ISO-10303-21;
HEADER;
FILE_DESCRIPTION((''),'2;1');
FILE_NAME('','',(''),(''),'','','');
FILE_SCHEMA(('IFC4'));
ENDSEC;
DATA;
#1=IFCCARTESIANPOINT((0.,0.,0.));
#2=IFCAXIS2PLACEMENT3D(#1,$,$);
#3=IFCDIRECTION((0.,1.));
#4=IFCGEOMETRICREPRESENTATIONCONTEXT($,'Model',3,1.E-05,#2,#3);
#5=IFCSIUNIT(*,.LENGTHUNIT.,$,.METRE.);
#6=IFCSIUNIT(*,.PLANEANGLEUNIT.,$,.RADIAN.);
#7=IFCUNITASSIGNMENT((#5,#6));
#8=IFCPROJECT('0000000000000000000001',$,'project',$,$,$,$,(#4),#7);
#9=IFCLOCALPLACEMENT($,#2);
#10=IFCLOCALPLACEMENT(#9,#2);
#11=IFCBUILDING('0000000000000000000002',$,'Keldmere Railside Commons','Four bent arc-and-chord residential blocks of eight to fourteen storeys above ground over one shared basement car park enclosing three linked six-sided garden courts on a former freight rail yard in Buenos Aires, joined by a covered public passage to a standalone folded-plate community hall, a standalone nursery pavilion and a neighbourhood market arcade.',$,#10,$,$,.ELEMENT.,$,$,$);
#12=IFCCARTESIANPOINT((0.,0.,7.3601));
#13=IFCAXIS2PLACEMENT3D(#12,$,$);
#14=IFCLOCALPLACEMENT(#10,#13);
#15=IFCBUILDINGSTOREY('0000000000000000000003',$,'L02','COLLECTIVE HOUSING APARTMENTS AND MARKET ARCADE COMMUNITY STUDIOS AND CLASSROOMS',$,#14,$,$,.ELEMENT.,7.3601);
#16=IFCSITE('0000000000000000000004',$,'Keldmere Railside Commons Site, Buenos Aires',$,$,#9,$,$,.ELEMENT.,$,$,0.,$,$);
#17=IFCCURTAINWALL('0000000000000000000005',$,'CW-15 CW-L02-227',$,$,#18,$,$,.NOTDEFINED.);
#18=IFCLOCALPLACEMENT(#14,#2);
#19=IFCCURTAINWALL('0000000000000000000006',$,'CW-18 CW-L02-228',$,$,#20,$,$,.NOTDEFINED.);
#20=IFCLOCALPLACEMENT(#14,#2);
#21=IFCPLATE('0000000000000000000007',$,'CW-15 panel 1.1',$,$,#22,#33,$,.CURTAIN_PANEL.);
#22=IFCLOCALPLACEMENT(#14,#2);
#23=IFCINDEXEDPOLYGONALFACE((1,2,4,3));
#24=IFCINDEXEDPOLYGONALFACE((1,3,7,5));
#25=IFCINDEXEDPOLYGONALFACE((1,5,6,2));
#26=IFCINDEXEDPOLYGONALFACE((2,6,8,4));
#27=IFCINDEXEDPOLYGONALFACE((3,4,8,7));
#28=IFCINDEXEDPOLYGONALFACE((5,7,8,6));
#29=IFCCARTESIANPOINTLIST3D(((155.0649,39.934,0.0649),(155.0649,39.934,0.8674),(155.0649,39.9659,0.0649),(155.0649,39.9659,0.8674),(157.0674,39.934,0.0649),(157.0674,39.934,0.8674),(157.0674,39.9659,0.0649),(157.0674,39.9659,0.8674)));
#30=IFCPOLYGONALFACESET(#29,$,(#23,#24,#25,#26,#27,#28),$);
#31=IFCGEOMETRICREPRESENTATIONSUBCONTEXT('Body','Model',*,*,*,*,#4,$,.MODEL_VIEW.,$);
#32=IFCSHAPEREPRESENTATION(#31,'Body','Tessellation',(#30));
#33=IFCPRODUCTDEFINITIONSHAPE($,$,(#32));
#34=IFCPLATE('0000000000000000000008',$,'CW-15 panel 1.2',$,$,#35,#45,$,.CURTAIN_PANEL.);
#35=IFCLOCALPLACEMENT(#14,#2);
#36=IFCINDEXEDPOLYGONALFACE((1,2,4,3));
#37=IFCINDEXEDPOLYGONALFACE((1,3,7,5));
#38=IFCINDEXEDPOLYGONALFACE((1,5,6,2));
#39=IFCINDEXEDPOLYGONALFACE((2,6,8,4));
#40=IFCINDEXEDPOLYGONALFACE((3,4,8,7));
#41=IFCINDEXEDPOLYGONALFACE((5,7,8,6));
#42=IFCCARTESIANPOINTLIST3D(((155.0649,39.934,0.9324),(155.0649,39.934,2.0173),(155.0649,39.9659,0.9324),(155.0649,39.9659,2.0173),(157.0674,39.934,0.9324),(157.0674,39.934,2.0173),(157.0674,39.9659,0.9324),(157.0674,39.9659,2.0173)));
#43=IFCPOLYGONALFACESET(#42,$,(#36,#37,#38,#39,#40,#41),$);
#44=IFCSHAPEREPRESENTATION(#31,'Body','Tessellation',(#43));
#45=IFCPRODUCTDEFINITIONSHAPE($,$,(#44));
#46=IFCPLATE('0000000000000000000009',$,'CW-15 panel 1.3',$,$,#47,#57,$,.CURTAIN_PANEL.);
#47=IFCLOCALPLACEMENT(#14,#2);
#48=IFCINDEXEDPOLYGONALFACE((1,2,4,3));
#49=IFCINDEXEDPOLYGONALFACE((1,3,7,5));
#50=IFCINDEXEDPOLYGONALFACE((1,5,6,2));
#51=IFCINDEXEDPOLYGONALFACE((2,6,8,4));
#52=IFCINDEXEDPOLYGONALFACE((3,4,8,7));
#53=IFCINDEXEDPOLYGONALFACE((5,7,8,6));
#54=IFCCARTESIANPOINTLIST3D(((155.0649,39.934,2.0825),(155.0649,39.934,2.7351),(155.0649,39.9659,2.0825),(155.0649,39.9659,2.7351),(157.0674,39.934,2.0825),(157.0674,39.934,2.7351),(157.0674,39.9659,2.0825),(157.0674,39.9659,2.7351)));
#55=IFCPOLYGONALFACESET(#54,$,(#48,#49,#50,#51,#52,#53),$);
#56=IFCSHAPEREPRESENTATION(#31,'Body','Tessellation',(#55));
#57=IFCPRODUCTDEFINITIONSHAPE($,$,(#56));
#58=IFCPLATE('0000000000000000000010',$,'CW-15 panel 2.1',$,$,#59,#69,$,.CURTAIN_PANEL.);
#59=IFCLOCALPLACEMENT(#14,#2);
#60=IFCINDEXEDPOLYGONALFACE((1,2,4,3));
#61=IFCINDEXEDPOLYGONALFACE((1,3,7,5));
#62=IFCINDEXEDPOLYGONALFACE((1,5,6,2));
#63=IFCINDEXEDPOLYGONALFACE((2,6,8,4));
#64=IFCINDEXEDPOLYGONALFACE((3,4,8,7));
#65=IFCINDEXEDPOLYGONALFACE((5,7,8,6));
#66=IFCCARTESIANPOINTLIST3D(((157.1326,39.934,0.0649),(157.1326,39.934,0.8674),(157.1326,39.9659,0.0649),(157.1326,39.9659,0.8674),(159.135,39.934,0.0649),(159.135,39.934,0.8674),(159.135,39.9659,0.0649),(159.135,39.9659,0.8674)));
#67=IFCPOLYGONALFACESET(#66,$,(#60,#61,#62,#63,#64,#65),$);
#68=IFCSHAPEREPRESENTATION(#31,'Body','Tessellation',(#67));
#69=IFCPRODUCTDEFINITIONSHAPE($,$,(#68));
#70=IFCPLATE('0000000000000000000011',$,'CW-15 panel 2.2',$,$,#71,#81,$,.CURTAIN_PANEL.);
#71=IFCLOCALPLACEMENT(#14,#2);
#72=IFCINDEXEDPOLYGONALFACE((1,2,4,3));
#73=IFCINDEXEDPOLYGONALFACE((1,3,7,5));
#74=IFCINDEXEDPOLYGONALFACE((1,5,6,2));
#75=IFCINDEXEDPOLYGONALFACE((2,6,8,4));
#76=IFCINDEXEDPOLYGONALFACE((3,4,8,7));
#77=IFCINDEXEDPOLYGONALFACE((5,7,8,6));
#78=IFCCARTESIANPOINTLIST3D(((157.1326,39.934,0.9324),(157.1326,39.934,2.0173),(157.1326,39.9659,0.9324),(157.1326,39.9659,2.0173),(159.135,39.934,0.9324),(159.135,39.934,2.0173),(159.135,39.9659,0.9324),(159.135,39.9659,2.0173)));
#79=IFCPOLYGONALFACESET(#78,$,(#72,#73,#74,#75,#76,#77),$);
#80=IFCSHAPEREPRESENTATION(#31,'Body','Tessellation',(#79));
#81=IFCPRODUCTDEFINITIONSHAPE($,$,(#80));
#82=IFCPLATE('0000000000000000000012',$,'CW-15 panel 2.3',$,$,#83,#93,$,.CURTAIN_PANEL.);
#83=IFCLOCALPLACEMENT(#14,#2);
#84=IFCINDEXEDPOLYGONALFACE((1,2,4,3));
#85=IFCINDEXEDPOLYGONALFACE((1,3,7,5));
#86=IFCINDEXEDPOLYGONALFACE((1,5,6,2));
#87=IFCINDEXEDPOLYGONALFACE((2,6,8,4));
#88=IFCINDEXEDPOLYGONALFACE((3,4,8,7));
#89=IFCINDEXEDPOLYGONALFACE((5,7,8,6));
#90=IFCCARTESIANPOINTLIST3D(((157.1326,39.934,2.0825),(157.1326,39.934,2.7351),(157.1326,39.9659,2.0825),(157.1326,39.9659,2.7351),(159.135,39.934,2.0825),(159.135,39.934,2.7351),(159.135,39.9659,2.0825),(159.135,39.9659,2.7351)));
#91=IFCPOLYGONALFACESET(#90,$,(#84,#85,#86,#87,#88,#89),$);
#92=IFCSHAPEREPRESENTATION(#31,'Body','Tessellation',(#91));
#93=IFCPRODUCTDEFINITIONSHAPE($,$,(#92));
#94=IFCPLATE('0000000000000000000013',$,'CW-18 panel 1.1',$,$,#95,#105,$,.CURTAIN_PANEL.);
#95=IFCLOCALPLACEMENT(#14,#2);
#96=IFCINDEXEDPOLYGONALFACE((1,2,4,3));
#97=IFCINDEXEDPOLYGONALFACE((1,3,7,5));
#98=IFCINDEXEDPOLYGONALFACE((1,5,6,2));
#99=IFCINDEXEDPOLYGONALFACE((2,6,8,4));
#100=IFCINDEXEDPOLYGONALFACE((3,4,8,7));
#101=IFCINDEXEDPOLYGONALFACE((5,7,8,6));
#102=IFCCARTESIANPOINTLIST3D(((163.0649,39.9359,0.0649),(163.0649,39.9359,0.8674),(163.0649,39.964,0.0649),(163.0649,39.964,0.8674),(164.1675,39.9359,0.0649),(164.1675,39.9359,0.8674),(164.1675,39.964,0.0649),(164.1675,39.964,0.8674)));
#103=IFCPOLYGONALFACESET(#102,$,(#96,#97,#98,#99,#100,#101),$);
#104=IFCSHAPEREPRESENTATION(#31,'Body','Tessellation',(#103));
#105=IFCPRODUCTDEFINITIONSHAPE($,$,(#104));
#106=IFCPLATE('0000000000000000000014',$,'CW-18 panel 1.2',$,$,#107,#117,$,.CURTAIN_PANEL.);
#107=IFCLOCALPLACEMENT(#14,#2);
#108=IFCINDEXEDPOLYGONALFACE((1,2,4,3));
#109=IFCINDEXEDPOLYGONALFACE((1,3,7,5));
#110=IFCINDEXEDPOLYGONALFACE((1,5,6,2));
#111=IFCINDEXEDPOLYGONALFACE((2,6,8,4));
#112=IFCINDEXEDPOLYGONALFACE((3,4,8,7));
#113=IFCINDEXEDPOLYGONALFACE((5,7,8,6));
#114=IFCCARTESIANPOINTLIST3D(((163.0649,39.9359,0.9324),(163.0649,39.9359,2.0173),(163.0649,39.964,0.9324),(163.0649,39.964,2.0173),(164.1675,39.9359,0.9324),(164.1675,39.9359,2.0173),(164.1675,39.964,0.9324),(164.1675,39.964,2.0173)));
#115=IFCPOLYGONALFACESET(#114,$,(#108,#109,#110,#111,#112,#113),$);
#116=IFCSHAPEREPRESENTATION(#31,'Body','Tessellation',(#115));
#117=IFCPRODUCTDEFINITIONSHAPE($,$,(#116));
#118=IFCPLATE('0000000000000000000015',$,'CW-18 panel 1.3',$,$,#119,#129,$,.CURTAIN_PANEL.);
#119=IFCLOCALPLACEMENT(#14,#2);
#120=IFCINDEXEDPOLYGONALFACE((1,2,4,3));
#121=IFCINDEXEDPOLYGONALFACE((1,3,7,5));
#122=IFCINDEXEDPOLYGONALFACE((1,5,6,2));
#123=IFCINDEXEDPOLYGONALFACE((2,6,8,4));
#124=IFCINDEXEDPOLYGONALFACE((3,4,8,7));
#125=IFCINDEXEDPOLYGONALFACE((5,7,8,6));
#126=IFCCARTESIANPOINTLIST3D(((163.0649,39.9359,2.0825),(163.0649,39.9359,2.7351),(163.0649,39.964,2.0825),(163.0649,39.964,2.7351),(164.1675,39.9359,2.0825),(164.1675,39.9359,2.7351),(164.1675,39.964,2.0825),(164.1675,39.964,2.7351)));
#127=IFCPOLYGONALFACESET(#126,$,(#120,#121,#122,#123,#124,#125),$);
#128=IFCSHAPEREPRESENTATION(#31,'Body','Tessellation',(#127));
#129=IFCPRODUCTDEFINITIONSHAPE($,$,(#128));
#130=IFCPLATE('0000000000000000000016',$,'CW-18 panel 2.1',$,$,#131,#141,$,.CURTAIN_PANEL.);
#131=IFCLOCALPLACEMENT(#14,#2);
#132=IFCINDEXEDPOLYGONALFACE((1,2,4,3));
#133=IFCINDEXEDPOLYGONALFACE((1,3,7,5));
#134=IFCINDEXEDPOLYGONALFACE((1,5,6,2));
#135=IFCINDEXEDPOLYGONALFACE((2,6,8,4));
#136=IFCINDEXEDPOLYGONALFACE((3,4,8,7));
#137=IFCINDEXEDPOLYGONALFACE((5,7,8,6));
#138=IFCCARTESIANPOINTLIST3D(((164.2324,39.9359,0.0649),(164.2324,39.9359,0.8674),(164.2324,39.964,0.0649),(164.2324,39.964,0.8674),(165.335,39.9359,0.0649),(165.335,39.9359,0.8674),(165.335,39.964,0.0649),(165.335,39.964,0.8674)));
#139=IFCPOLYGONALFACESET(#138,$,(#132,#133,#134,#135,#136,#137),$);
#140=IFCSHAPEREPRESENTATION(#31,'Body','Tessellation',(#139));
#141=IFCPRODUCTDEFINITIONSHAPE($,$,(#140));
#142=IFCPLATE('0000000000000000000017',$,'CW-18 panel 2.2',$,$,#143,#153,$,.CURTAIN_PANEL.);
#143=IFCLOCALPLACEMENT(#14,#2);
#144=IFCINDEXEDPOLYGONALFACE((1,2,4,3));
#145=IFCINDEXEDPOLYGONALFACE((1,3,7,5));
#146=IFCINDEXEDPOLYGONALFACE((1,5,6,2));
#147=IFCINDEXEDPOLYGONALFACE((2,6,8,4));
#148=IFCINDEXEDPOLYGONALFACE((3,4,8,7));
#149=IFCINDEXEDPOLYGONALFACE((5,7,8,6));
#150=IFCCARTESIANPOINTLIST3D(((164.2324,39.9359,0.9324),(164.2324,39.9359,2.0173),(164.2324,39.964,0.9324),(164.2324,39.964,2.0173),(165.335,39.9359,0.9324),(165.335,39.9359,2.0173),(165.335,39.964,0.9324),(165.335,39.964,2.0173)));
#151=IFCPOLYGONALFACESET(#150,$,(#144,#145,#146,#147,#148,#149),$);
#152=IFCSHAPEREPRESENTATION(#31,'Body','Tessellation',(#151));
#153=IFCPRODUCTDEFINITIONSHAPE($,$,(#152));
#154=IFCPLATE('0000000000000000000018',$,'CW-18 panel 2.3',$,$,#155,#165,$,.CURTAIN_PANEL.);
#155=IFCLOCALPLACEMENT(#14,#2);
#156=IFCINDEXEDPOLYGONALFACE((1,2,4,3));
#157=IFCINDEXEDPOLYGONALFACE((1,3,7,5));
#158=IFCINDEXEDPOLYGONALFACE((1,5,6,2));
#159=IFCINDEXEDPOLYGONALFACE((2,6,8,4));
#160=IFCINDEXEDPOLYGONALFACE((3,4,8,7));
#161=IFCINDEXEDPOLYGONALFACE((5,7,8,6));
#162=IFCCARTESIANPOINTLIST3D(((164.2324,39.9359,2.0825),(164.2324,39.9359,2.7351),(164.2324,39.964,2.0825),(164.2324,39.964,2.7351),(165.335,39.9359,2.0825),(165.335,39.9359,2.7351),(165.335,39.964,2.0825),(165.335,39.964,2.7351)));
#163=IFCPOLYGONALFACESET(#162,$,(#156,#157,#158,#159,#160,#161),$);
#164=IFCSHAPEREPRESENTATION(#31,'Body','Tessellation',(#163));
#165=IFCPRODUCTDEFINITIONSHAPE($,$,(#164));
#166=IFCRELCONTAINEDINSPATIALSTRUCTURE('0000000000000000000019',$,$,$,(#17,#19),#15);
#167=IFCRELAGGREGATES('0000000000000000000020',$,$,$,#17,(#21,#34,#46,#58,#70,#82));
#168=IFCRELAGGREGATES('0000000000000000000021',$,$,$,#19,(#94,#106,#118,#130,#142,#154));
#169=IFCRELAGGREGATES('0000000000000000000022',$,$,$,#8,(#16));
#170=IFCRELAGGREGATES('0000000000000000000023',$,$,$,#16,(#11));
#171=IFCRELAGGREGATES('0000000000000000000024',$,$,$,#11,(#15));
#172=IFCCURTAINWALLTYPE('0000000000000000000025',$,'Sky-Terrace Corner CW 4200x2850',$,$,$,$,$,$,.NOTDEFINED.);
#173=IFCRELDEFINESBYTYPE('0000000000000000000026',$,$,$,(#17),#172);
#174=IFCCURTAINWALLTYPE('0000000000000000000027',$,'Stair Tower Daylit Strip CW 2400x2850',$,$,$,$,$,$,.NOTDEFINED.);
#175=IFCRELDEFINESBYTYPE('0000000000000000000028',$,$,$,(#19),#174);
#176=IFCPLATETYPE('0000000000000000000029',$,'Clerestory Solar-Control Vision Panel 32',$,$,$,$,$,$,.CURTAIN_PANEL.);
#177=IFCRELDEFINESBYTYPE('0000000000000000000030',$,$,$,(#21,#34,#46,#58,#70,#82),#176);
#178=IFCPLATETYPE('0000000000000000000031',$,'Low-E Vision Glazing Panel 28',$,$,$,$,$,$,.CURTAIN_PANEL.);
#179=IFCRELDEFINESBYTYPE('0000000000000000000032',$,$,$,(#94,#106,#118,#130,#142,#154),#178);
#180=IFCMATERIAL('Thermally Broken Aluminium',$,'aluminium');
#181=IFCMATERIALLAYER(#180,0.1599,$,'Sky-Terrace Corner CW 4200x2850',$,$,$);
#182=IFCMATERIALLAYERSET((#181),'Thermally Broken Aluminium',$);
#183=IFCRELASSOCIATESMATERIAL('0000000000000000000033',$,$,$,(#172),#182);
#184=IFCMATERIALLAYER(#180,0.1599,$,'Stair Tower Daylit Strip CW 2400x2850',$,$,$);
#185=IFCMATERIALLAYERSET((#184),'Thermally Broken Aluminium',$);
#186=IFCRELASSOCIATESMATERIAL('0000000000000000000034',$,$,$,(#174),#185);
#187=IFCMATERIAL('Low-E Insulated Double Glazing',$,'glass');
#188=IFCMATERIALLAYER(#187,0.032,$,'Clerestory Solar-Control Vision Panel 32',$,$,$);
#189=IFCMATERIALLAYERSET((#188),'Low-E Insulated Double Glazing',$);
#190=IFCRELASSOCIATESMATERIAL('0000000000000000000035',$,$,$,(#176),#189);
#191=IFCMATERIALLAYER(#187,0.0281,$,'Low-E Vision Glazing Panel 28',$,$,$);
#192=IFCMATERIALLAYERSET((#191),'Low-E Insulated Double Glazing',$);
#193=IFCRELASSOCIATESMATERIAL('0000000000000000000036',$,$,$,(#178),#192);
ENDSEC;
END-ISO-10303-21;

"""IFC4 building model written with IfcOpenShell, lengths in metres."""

from ifc_helpers import new_model, si_unit, direction, frame, origin, origin_2d, place, context, subcontext, project, spatial, rectangle, extrude, material, layer, layer_set, type_object, element, aggregate, save


model = new_model("IFC4")

# Units and contexts
model_context = context("Model", 3, precision=1e-05, world=origin(), true_north=direction((0.0, 1.0)))
body_context = subcontext(model_context, "Body", "Model", "MODEL_VIEW")
ifc_project = project(units=[si_unit("LENGTHUNIT", "METRE"), si_unit("PLANEANGLEUNIT", "RADIAN")], contexts=[model_context])

# Site, building, storey
site_placement = place(None, origin())
site = spatial("IfcSite", under=ifc_project, at=site_placement, Name="Keldmere Railside Commons Site, Buenos Aires", CompositionType="ELEMENT", RefElevation=0.0)
building_placement = place(site_placement, origin())
building = spatial("IfcBuilding", under=site, at=building_placement, Name="Keldmere Railside Commons", Description="Four bent arc-and-chord residential blocks of eight to fourteen storeys above ground over one shared basement car park enclosing three linked six-sided garden courts on a former freight rail yard in Buenos Aires, joined by a covered public passage to a standalone folded-plate community hall, a standalone nursery pavilion and a neighbourhood market arcade.", CompositionType="ELEMENT")
storey_placement = place(building_placement, frame((0.0, 0.0, 7.3601)))
storey = spatial("IfcBuildingStorey", under=building, at=storey_placement, Name="L02", Description="COLLECTIVE HOUSING APARTMENTS AND MARKET ARCADE COMMUNITY STUDIOS AND CLASSROOMS", CompositionType="ELEMENT", Elevation=7.3601)

# Shared definitions
ifc_material_1 = material(Name="Thermally Broken Aluminium", Category="aluminium")

# Curtain walls
ifc_layer_1 = layer(ifc_material_1, 0.1599, Name="Sky-Terrace Corner CW 4200x2850")
ifc_layer_set_1 = layer_set([ifc_layer_1], Name="Thermally Broken Aluminium")
curtain_wall_type_1 = type_object("IfcCurtainWallType", Name="Sky-Terrace Corner CW 4200x2850", PredefinedType="NOTDEFINED", material=ifc_layer_set_1)
curtain_wall_1_placement = place(storey_placement, origin())
curtain_wall_1 = element("IfcCurtainWall", 1, at=curtain_wall_1_placement, inside=storey, type_object=curtain_wall_type_1, Name="CW-15 CW-L02-227", PredefinedType="NOTDEFINED")
ifc_layer_2 = layer(ifc_material_1, 0.1599, Name="Stair Tower Daylit Strip CW 2400x2850")
ifc_layer_set_2 = layer_set([ifc_layer_2], Name="Thermally Broken Aluminium")
curtain_wall_type_2 = type_object("IfcCurtainWallType", Name="Stair Tower Daylit Strip CW 2400x2850", PredefinedType="NOTDEFINED", material=ifc_layer_set_2)
curtain_wall_2_placement = place(storey_placement, origin())
curtain_wall_2 = element("IfcCurtainWall", 2, at=curtain_wall_2_placement, inside=storey, type_object=curtain_wall_type_2, Name="CW-18 CW-L02-228", PredefinedType="NOTDEFINED")

# Plates
ifc_material_2 = material(Name="Low-E Insulated Double Glazing", Category="glass")
ifc_layer_3 = layer(ifc_material_2, 0.032, Name="Clerestory Solar-Control Vision Panel 32")
ifc_layer_set_3 = layer_set([ifc_layer_3], Name="Low-E Insulated Double Glazing")
plate_type_1 = type_object("IfcPlateType", Name="Clerestory Solar-Control Vision Panel 32", PredefinedType="CURTAIN_PANEL", material=ifc_layer_set_3)
plate_1_placement = place(storey_placement, frame((156.0662, 39.95, 0.0649), z_axis=(0.0, 0.0, 1.0), x_axis=(1.0, 0.0, 0.0)))
plate_1 = element("IfcPlate", 3, at=plate_1_placement, type_object=plate_type_1, Name="CW-15 panel 1.1", PredefinedType="CURTAIN_PANEL", context=body_context, shape_type="SweptSolid", body=[
    extrude(rectangle(XDim=2.0024, YDim=0.032, at=origin_2d()), origin(), (0.0, 0.0, 1.0), 0.8025),
])
plate_2_placement = place(storey_placement, frame((156.0662, 39.95, 0.9324), z_axis=(0.0, 0.0, 1.0), x_axis=(1.0, 0.0, 0.0)))
plate_2 = element("IfcPlate", 4, at=plate_2_placement, type_object=plate_type_1, Name="CW-15 panel 1.2", PredefinedType="CURTAIN_PANEL", context=body_context, shape_type="SweptSolid", body=[
    extrude(rectangle(XDim=2.0024, YDim=0.032, at=origin_2d()), origin(), (0.0, 0.0, 1.0), 1.085),
])
plate_3_placement = place(storey_placement, frame((156.0662, 39.95, 2.0825), z_axis=(0.0, 0.0, 1.0), x_axis=(1.0, 0.0, 0.0)))
plate_3 = element("IfcPlate", 5, at=plate_3_placement, type_object=plate_type_1, Name="CW-15 panel 1.3", PredefinedType="CURTAIN_PANEL", context=body_context, shape_type="SweptSolid", body=[
    extrude(rectangle(XDim=2.0024, YDim=0.032, at=origin_2d()), origin(), (0.0, 0.0, 1.0), 0.6526),
])
plate_4_placement = place(storey_placement, frame((158.1338, 39.95, 0.0649), z_axis=(0.0, 0.0, 1.0), x_axis=(1.0, 0.0, 0.0)))
plate_4 = element("IfcPlate", 6, at=plate_4_placement, type_object=plate_type_1, Name="CW-15 panel 2.1", PredefinedType="CURTAIN_PANEL", context=body_context, shape_type="SweptSolid", body=[
    extrude(rectangle(XDim=2.0024, YDim=0.032, at=origin_2d()), origin(), (0.0, 0.0, 1.0), 0.8025),
])
plate_5_placement = place(storey_placement, frame((158.1338, 39.95, 0.9324), z_axis=(0.0, 0.0, 1.0), x_axis=(1.0, 0.0, 0.0)))
plate_5 = element("IfcPlate", 7, at=plate_5_placement, type_object=plate_type_1, Name="CW-15 panel 2.2", PredefinedType="CURTAIN_PANEL", context=body_context, shape_type="SweptSolid", body=[
    extrude(rectangle(XDim=2.0024, YDim=0.032, at=origin_2d()), origin(), (0.0, 0.0, 1.0), 1.085),
])
plate_6_placement = place(storey_placement, frame((158.1338, 39.95, 2.0825), z_axis=(0.0, 0.0, 1.0), x_axis=(1.0, 0.0, 0.0)))
plate_6 = element("IfcPlate", 8, at=plate_6_placement, type_object=plate_type_1, Name="CW-15 panel 2.3", PredefinedType="CURTAIN_PANEL", context=body_context, shape_type="SweptSolid", body=[
    extrude(rectangle(XDim=2.0024, YDim=0.032, at=origin_2d()), origin(), (0.0, 0.0, 1.0), 0.6526),
])
aggregate(curtain_wall_1, [plate_1, plate_2, plate_3, plate_4, plate_5, plate_6])
ifc_layer_4 = layer(ifc_material_2, 0.0281, Name="Low-E Vision Glazing Panel 28")
ifc_layer_set_4 = layer_set([ifc_layer_4], Name="Low-E Insulated Double Glazing")
plate_type_2 = type_object("IfcPlateType", Name="Low-E Vision Glazing Panel 28", PredefinedType="CURTAIN_PANEL", material=ifc_layer_set_4)
plate_7_placement = place(storey_placement, frame((163.6162, 39.95, 0.0649), z_axis=(0.0, 0.0, 1.0), x_axis=(1.0, 0.0, 0.0)))
plate_7 = element("IfcPlate", 9, at=plate_7_placement, type_object=plate_type_2, Name="CW-18 panel 1.1", PredefinedType="CURTAIN_PANEL", context=body_context, shape_type="SweptSolid", body=[
    extrude(rectangle(XDim=1.1025, YDim=0.0281, at=origin_2d()), origin(), (0.0, 0.0, 1.0), 0.8025),
])
plate_8_placement = place(storey_placement, frame((163.6162, 39.95, 0.9324), z_axis=(0.0, 0.0, 1.0), x_axis=(1.0, 0.0, 0.0)))
plate_8 = element("IfcPlate", 10, at=plate_8_placement, type_object=plate_type_2, Name="CW-18 panel 1.2", PredefinedType="CURTAIN_PANEL", context=body_context, shape_type="SweptSolid", body=[
    extrude(rectangle(XDim=1.1025, YDim=0.0281, at=origin_2d()), origin(), (0.0, 0.0, 1.0), 1.085),
])
plate_9_placement = place(storey_placement, frame((163.6162, 39.95, 2.0825), z_axis=(0.0, 0.0, 1.0), x_axis=(1.0, 0.0, 0.0)))
plate_9 = element("IfcPlate", 11, at=plate_9_placement, type_object=plate_type_2, Name="CW-18 panel 1.3", PredefinedType="CURTAIN_PANEL", context=body_context, shape_type="SweptSolid", body=[
    extrude(rectangle(XDim=1.1025, YDim=0.0281, at=origin_2d()), origin(), (0.0, 0.0, 1.0), 0.6526),
])
plate_10_placement = place(storey_placement, frame((164.7837, 39.95, 0.0649), z_axis=(0.0, 0.0, 1.0), x_axis=(1.0, 0.0, 0.0)))
plate_10 = element("IfcPlate", 12, at=plate_10_placement, type_object=plate_type_2, Name="CW-18 panel 2.1", PredefinedType="CURTAIN_PANEL", context=body_context, shape_type="SweptSolid", body=[
    extrude(rectangle(XDim=1.1025, YDim=0.0281, at=origin_2d()), origin(), (0.0, 0.0, 1.0), 0.8025),
])
plate_11_placement = place(storey_placement, frame((164.7837, 39.95, 0.9324), z_axis=(0.0, 0.0, 1.0), x_axis=(1.0, 0.0, 0.0)))
plate_11 = element("IfcPlate", 13, at=plate_11_placement, type_object=plate_type_2, Name="CW-18 panel 2.2", PredefinedType="CURTAIN_PANEL", context=body_context, shape_type="SweptSolid", body=[
    extrude(rectangle(XDim=1.1025, YDim=0.0281, at=origin_2d()), origin(), (0.0, 0.0, 1.0), 1.085),
])
plate_12_placement = place(storey_placement, frame((164.7837, 39.95, 2.0825), z_axis=(0.0, 0.0, 1.0), x_axis=(1.0, 0.0, 0.0)))
plate_12 = element("IfcPlate", 14, at=plate_12_placement, type_object=plate_type_2, Name="CW-18 panel 2.3", PredefinedType="CURTAIN_PANEL", context=body_context, shape_type="SweptSolid", body=[
    extrude(rectangle(XDim=1.1025, YDim=0.0281, at=origin_2d()), origin(), (0.0, 0.0, 1.0), 0.6526),
])
aggregate(curtain_wall_2, [plate_7, plate_8, plate_9, plate_10, plate_11, plate_12])

save(model, "model.ifc")
